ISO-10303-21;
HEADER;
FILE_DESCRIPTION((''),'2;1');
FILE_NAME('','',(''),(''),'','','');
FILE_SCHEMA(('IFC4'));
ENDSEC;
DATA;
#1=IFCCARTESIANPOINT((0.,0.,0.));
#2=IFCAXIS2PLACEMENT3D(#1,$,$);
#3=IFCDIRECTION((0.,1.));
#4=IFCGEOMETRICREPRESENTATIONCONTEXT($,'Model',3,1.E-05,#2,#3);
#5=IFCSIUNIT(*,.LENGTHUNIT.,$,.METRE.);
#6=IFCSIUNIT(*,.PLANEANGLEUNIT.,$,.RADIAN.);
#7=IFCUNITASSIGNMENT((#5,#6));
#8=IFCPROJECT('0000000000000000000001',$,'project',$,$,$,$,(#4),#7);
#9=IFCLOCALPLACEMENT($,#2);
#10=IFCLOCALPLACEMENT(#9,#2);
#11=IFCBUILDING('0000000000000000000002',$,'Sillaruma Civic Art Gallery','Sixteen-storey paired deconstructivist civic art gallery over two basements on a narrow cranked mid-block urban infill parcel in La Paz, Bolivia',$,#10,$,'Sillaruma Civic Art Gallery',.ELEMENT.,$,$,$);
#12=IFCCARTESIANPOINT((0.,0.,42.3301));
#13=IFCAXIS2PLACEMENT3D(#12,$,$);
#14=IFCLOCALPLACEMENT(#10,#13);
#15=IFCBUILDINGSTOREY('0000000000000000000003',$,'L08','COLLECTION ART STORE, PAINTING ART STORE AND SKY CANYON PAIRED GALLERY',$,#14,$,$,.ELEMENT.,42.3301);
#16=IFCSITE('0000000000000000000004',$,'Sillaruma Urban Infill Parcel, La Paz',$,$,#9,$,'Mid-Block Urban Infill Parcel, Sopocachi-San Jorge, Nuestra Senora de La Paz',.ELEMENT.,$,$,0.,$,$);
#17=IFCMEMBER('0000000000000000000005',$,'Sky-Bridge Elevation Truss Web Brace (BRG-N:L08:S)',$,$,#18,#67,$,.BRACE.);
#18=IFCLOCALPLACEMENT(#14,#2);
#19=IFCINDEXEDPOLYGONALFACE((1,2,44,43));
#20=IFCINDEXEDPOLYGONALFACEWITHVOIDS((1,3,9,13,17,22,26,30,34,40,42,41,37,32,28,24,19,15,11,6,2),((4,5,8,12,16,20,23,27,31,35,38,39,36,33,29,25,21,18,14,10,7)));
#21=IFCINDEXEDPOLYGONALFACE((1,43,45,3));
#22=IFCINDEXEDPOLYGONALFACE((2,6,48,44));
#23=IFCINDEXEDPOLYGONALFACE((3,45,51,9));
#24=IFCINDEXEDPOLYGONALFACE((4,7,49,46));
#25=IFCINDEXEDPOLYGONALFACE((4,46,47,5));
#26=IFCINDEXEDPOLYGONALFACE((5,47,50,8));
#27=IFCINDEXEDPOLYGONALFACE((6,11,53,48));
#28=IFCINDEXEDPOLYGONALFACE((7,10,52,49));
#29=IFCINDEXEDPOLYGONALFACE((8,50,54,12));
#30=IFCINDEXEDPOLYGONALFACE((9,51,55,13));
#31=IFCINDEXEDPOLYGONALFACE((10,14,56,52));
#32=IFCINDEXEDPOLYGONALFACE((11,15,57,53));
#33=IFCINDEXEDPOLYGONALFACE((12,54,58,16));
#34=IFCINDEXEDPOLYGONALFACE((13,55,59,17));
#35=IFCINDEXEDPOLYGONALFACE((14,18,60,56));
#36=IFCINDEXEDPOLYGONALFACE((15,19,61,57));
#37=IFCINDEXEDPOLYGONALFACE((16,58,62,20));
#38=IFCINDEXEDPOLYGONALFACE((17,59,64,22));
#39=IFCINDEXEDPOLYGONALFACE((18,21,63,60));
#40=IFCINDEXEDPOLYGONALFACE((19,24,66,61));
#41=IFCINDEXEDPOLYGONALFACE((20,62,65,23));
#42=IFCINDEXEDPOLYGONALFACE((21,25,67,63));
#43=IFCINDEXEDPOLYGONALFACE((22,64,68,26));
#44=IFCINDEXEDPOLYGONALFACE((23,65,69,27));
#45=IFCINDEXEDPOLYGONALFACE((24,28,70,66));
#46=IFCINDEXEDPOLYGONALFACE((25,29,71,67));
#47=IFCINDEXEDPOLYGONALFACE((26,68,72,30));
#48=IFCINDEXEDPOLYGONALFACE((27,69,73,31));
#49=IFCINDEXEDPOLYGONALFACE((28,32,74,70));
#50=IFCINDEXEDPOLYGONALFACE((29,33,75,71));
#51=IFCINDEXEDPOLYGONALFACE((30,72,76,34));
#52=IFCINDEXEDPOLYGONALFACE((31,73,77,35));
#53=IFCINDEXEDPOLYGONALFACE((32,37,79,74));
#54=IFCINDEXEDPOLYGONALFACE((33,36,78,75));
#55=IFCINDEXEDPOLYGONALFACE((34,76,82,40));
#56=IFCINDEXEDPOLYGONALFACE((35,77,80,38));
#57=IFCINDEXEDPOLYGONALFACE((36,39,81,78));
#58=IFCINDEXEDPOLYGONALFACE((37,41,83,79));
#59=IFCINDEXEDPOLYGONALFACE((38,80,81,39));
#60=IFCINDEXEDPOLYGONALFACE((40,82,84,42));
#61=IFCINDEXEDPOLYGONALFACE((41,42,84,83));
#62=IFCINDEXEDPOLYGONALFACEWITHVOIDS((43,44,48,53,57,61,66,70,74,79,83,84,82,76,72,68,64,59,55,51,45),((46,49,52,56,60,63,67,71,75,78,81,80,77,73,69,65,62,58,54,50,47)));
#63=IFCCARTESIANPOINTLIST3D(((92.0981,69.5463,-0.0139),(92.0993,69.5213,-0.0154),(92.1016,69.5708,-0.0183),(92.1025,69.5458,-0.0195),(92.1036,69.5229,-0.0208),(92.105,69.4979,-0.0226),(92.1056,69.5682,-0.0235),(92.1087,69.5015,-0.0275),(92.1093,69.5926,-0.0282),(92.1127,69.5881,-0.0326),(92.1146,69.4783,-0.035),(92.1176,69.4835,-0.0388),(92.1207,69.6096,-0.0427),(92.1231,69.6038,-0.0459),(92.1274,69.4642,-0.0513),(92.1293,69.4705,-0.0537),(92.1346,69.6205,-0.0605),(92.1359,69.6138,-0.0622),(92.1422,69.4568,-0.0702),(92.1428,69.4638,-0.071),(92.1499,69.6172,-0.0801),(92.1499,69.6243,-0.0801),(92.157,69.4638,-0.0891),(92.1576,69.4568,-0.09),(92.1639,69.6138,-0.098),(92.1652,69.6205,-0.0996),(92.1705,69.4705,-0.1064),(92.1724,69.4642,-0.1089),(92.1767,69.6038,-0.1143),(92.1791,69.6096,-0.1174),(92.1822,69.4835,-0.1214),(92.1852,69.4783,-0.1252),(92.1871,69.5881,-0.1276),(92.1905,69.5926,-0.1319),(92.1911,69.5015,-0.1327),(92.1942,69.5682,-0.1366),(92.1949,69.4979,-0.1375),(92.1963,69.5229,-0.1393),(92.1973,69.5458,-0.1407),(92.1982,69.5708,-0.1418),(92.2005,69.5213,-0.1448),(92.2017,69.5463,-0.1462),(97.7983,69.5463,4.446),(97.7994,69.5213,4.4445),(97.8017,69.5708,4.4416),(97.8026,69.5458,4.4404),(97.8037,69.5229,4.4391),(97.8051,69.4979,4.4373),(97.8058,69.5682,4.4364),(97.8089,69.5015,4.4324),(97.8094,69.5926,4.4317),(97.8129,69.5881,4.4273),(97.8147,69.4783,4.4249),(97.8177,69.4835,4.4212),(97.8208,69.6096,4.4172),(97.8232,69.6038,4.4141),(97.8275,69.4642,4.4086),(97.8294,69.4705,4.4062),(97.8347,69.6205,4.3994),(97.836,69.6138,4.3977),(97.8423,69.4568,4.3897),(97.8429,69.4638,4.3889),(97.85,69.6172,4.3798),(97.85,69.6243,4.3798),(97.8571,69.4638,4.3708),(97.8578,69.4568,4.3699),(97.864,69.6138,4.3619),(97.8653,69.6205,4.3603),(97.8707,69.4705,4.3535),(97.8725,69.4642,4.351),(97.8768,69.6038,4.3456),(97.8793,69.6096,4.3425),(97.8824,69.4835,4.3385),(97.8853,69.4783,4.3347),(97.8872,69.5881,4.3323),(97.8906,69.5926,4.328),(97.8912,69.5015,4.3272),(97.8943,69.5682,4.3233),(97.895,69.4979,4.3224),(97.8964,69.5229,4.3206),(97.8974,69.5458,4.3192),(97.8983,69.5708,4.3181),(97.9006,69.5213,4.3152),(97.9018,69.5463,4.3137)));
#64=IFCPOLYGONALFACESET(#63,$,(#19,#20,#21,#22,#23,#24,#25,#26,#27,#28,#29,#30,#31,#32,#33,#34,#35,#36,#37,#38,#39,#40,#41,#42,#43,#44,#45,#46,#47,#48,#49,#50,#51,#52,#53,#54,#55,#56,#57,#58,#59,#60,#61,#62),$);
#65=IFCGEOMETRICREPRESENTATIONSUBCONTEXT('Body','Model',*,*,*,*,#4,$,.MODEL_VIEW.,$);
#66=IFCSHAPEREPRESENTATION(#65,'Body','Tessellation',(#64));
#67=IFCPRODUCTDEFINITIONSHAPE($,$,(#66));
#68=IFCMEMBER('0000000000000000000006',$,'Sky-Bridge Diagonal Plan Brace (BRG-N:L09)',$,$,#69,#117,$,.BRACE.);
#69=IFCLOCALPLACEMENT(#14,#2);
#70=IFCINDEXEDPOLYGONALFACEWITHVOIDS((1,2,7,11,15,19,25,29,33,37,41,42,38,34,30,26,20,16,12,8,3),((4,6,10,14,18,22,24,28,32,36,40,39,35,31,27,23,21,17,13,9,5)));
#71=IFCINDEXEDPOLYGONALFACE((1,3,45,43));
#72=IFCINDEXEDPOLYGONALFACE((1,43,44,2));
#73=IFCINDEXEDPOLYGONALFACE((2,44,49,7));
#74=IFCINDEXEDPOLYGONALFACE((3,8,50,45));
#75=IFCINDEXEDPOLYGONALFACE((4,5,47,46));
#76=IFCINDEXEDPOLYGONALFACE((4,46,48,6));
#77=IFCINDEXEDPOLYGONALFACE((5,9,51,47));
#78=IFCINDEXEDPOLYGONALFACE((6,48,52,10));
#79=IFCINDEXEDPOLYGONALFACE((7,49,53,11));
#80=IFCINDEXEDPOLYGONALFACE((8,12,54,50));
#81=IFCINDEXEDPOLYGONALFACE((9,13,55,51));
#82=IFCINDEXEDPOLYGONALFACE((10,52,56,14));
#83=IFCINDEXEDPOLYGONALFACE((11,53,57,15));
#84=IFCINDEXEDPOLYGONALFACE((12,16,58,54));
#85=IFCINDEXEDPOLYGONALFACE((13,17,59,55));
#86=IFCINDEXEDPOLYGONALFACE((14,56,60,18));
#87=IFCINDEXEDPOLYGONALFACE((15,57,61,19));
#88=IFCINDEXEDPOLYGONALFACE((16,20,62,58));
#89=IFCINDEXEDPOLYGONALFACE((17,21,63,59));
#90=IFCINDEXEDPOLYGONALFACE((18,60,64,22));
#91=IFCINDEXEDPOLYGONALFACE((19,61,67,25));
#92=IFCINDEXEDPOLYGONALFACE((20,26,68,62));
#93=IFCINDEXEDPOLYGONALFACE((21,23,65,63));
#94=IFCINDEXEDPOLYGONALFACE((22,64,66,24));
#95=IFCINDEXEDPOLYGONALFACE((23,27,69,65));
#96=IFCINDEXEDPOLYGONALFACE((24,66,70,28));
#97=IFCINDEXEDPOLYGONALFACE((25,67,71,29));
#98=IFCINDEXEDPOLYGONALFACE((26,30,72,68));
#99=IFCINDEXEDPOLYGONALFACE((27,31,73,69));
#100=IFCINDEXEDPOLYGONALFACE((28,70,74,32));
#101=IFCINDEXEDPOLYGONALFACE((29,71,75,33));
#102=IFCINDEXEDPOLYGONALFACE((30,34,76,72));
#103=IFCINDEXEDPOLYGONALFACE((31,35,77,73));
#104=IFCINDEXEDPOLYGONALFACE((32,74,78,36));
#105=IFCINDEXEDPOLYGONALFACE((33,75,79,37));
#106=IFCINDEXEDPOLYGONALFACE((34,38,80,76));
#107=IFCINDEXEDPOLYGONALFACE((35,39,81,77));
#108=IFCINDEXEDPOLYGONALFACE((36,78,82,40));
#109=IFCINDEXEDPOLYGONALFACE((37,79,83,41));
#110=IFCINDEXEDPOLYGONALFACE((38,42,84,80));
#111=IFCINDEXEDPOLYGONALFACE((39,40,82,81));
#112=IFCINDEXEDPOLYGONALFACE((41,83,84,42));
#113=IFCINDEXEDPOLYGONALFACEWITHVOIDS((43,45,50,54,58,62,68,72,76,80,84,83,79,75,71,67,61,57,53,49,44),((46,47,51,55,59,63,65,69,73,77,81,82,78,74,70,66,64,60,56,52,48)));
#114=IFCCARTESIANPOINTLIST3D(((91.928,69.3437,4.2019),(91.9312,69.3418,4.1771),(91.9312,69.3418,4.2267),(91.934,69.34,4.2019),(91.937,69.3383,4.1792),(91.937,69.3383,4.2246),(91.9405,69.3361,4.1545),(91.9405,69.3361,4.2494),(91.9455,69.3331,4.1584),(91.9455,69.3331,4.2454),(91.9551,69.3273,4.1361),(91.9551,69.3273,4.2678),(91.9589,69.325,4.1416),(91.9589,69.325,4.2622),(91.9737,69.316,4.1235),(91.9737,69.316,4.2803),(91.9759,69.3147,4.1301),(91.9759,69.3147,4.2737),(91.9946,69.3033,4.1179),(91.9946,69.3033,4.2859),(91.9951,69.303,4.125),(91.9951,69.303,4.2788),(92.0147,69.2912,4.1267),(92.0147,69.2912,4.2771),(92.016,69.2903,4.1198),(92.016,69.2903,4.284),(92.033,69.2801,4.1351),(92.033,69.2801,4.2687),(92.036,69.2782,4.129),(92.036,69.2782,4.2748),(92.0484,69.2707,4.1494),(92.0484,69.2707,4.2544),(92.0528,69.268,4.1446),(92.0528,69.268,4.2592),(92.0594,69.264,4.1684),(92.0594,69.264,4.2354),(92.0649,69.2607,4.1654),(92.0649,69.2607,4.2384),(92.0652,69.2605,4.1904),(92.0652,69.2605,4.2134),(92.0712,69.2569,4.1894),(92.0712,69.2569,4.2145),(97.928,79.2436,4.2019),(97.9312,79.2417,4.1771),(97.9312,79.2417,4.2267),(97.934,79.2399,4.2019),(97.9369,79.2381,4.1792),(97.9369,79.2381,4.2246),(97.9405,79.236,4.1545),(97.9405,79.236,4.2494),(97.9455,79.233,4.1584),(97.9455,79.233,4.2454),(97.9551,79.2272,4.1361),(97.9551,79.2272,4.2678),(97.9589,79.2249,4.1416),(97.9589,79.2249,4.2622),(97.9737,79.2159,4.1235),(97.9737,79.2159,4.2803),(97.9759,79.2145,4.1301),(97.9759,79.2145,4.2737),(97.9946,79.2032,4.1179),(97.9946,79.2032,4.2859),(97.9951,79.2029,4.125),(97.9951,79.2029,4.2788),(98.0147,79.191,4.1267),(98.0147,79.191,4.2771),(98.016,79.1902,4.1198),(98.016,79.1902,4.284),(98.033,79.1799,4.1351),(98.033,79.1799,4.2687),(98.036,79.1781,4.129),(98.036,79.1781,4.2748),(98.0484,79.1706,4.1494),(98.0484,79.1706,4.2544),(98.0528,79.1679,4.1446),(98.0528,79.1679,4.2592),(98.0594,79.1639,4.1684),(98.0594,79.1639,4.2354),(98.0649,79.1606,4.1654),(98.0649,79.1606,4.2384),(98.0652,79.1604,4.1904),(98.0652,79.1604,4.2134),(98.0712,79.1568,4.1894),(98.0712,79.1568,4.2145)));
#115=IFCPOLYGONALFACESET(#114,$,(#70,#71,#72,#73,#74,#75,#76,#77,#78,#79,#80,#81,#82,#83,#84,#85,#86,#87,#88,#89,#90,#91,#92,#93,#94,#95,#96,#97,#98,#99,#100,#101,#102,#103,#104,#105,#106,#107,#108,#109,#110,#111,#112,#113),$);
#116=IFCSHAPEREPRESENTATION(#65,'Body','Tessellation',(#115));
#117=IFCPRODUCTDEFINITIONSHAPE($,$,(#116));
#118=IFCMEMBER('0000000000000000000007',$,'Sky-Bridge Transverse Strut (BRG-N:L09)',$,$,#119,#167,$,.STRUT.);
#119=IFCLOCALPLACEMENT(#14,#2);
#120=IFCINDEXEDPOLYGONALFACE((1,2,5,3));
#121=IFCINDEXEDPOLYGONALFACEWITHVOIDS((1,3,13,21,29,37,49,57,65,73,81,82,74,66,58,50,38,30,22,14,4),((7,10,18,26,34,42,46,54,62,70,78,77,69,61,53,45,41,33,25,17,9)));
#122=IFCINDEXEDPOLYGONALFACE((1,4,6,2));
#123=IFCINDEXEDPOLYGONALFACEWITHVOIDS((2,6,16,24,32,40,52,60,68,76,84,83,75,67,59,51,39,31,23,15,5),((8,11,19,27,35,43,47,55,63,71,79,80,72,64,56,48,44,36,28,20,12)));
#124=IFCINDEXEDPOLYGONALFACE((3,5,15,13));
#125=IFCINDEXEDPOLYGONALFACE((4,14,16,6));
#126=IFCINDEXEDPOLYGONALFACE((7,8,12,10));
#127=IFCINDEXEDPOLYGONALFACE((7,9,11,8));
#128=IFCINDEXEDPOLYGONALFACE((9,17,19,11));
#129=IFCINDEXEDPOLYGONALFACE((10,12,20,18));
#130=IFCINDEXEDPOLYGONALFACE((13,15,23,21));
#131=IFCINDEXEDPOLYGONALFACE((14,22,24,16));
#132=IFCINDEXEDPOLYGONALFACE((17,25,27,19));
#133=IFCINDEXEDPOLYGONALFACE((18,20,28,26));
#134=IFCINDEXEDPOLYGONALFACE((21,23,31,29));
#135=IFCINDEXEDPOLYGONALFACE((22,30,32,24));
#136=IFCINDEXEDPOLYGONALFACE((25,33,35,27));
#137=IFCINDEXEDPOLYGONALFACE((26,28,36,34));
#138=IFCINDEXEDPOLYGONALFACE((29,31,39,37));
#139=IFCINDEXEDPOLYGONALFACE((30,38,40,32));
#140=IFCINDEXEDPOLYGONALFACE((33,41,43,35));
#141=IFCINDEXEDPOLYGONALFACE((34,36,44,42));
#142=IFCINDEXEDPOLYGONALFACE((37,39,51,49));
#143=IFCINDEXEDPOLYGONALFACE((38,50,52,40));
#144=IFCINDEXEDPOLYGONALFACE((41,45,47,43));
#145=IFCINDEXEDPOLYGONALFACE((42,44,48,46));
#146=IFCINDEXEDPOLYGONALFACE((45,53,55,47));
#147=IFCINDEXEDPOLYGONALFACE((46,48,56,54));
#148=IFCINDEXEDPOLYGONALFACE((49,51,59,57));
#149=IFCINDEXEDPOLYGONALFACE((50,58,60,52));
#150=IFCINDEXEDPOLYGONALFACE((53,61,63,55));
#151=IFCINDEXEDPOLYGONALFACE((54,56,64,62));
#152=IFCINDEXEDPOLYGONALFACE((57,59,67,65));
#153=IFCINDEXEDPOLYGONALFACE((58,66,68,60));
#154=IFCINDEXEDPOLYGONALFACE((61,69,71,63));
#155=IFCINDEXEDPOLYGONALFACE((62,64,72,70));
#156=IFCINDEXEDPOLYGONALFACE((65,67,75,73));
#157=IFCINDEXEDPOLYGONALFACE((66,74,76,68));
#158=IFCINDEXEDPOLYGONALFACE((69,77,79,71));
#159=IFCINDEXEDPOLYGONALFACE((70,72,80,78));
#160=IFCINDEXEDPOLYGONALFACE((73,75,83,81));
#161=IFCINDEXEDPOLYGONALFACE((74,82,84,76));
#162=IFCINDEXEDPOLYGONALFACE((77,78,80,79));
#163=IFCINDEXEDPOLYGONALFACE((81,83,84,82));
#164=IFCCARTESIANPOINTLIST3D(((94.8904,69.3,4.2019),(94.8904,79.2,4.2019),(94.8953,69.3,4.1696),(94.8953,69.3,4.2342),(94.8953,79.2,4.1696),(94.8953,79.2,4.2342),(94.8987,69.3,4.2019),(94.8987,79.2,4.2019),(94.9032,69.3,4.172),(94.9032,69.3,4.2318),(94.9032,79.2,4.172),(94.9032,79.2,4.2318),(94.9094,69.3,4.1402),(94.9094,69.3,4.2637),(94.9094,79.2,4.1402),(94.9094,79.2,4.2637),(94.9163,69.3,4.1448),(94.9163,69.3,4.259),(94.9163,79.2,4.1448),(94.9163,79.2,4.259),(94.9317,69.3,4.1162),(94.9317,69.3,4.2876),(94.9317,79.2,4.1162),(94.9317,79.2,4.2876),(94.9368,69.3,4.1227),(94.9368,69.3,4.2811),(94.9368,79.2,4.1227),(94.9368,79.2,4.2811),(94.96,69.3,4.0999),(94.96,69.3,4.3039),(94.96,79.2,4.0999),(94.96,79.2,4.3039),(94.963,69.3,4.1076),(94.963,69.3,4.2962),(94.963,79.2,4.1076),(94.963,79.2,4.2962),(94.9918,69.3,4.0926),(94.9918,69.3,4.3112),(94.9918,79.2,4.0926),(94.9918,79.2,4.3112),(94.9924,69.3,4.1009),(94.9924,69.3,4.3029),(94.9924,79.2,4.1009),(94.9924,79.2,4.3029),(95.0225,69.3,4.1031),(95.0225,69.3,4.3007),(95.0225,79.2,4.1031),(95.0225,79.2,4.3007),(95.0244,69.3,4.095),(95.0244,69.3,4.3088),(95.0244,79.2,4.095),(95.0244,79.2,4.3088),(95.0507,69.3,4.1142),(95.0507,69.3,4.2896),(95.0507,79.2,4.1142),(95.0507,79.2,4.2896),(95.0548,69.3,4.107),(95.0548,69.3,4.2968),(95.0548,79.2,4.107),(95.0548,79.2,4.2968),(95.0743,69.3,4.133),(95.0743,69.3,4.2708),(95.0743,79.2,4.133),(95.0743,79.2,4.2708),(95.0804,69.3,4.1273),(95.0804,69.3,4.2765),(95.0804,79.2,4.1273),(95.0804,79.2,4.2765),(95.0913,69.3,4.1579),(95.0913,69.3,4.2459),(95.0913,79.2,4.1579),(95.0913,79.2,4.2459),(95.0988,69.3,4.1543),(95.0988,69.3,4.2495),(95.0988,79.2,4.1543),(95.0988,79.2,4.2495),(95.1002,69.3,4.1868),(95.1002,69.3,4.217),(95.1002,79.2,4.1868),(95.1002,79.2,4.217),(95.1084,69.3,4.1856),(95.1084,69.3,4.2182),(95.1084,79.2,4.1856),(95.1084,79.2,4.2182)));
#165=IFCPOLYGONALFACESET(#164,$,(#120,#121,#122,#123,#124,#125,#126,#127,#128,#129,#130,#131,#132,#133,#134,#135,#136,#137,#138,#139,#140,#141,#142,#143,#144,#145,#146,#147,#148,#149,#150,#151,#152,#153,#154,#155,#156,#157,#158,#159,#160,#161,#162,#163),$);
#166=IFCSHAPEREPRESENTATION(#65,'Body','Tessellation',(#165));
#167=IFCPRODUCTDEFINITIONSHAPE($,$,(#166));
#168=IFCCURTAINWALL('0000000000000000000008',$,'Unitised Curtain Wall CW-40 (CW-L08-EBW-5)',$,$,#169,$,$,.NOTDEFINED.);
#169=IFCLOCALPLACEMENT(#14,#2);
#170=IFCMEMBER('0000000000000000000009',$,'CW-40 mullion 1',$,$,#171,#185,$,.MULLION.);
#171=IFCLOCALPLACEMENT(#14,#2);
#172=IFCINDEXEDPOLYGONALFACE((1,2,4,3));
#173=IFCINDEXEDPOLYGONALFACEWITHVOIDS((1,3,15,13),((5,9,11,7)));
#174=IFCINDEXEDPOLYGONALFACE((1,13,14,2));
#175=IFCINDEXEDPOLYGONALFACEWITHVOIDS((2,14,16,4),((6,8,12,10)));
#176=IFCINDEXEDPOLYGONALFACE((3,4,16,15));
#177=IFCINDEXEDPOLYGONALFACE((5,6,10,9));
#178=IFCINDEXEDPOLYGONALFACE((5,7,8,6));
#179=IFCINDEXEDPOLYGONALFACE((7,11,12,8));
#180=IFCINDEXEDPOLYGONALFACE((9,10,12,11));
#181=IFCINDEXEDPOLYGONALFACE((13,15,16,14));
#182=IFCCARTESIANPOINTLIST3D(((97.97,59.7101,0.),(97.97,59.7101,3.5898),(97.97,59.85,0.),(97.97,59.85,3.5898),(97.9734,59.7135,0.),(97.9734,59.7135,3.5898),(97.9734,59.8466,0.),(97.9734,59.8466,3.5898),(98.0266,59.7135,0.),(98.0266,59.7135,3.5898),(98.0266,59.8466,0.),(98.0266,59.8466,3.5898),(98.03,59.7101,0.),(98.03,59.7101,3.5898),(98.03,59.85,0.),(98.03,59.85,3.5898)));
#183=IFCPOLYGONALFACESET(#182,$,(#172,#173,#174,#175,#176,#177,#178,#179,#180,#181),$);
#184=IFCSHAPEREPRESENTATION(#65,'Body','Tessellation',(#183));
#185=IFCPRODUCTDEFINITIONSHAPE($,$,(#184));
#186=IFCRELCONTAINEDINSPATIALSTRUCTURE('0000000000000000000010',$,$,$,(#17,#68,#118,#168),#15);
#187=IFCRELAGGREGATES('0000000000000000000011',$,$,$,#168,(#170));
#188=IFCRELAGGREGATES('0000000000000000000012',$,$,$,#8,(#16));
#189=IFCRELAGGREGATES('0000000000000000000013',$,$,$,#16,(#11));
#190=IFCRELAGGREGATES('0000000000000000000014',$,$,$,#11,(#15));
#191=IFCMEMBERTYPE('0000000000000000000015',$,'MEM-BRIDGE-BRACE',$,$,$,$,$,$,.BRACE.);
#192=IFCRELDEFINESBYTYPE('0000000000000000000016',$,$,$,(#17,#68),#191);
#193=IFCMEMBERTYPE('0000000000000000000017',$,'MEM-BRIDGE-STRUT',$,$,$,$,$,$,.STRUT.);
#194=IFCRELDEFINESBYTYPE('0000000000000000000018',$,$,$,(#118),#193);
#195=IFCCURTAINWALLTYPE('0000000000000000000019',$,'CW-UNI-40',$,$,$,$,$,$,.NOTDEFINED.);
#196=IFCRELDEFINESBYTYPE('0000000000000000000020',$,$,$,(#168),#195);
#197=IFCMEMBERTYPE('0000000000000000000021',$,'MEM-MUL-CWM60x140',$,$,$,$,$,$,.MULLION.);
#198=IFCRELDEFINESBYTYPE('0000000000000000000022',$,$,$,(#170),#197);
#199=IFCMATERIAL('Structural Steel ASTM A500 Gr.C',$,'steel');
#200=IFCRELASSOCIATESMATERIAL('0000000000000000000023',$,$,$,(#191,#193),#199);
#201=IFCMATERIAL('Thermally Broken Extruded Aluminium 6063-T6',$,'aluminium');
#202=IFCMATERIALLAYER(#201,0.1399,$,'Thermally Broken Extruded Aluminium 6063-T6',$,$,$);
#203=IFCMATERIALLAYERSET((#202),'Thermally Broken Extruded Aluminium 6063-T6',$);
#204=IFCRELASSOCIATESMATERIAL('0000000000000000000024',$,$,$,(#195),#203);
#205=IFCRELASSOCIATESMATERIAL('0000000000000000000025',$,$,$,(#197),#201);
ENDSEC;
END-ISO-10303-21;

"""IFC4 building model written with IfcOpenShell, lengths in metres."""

from ifc_helpers import new_model, si_unit, direction, frame, origin, origin_2d, place, context, subcontext, project, spatial, hollow_rectangle, hollow_circle, extrude, material, layer, layer_set, material_profile, profile_set, type_object, element, aggregate, save


model = new_model("IFC4")

# Units and contexts
model_context = context("Model", 3, precision=1e-05, world=origin(), true_north=direction((0.0, 1.0)))
body_context = subcontext(model_context, "Body", "Model", "MODEL_VIEW")
ifc_project = project(units=[si_unit("LENGTHUNIT", "METRE"), si_unit("PLANEANGLEUNIT", "RADIAN")], contexts=[model_context])

# Site, building, storey
site_placement = place(None, origin())
site = spatial("IfcSite", under=ifc_project, at=site_placement, Name="Sillaruma Urban Infill Parcel, La Paz", LongName="Mid-Block Urban Infill Parcel, Sopocachi-San Jorge, Nuestra Senora de La Paz", CompositionType="ELEMENT", RefElevation=0.0)
building_placement = place(site_placement, origin())
building = spatial("IfcBuilding", under=site, at=building_placement, Name="Sillaruma Civic Art Gallery", Description="Sixteen-storey paired deconstructivist civic art gallery over two basements on a narrow cranked mid-block urban infill parcel in La Paz, Bolivia", LongName="Sillaruma Civic Art Gallery", CompositionType="ELEMENT")
storey_placement = place(building_placement, frame((0.0, 0.0, 42.3301)))
storey = spatial("IfcBuildingStorey", under=building, at=storey_placement, Name="L08", Description="COLLECTION ART STORE, PAINTING ART STORE AND SKY CANYON PAIRED GALLERY", CompositionType="ELEMENT", Elevation=42.3301)

# Members
ifc_material_1 = material(Name="Structural Steel ASTM A500 Gr.C", Category="steel")
ifc_material_profile_1 = material_profile(ifc_material_1, hollow_circle(Radius=0.0842, WallThickness=0.0071, at=origin_2d()), Name="CHS168.3x7.1")
ifc_profile_set_1 = profile_set([ifc_material_profile_1], Name="Structural Steel ASTM A500 Gr.C")
member_type_1 = type_object("IfcMemberType", Name="MEM-BRIDGE-BRACE", PredefinedType="BRACE", material=ifc_profile_set_1)
member_1_placement = place(storey_placement, frame((92.1499, 69.54, -0.0801), z_axis=(0.787576, 0.0, 0.616217), x_axis=(0.0, 1.0, 0.0)))
element("IfcMember", 1, at=member_1_placement, inside=storey, type_object=member_type_1, Name="Sky-Bridge Elevation Truss Web Brace (BRG-N:L08:S)", PredefinedType="BRACE", context=body_context, shape_type="SweptSolid", body=[
    extrude(hollow_circle(Radius=0.0842, WallThickness=0.0071, at=origin_2d()), origin(), (0.0, 0.0, 1.0), 7.2375),
])
member_2_placement = place(storey_placement, frame((92.0, 69.3, 4.2019), z_axis=(0.518305, 0.855196, 0.0), x_axis=(-0.855196, 0.518305, 0.0)))
element("IfcMember", 2, at=member_2_placement, inside=storey, type_object=member_type_1, Name="Sky-Bridge Diagonal Plan Brace (BRG-N:L09)", PredefinedType="BRACE", context=body_context, shape_type="SweptSolid", body=[
    extrude(hollow_circle(Radius=0.0842, WallThickness=0.0071, at=origin_2d()), origin(), (0.0, 0.0, 1.0), 11.5762),
])
ifc_material_profile_2 = material_profile(ifc_material_1, hollow_circle(Radius=0.1096, WallThickness=0.0083, at=origin_2d()), Name="CHS219.1x8.2")
ifc_profile_set_2 = profile_set([ifc_material_profile_2], Name="Structural Steel ASTM A500 Gr.C")
member_type_2 = type_object("IfcMemberType", Name="MEM-BRIDGE-STRUT", PredefinedType="STRUT", material=ifc_profile_set_2)
member_3_placement = place(storey_placement, frame((95.0, 69.3, 4.2019), z_axis=(0.0, 1.0, 0.0), x_axis=(-1.0, 0.0, 0.0)))
element("IfcMember", 3, at=member_3_placement, inside=storey, type_object=member_type_2, Name="Sky-Bridge Transverse Strut (BRG-N:L09)", PredefinedType="STRUT", context=body_context, shape_type="SweptSolid", body=[
    extrude(hollow_circle(Radius=0.1096, WallThickness=0.0083, at=origin_2d()), origin(), (0.0, 0.0, 1.0), 9.8999),
])

# Curtain wall, member
ifc_material_2 = material(Name="Thermally Broken Extruded Aluminium 6063-T6", Category="aluminium")
ifc_layer_1 = layer(ifc_material_2, 0.1399, Name="Thermally Broken Extruded Aluminium 6063-T6")
ifc_layer_set_1 = layer_set([ifc_layer_1], Name="Thermally Broken Extruded Aluminium 6063-T6")
curtain_wall_type_1 = type_object("IfcCurtainWallType", Name="CW-UNI-40", PredefinedType="NOTDEFINED", material=ifc_layer_set_1)
curtain_wall_1_placement = place(storey_placement, origin())
curtain_wall_1 = element("IfcCurtainWall", 4, at=curtain_wall_1_placement, inside=storey, type_object=curtain_wall_type_1, Name="Unitised Curtain Wall CW-40 (CW-L08-EBW-5)", PredefinedType="NOTDEFINED")
ifc_material_profile_3 = material_profile(ifc_material_2, hollow_rectangle(XDim=0.0601, YDim=0.1399, WallThickness=0.0034, at=origin_2d()), Name="CWM60x140")
ifc_profile_set_3 = profile_set([ifc_material_profile_3], Name="Thermally Broken Extruded Aluminium 6063-T6")
member_type_3 = type_object("IfcMemberType", Name="MEM-MUL-CWM60x140", PredefinedType="MULLION", material=ifc_profile_set_3)
member_4_placement = place(storey_placement, frame((98.0, 59.78, 0.0), z_axis=(0.0, 0.0, 1.0), x_axis=(-1.0, 0.0, 0.0)))
member_4 = element("IfcMember", 5, at=member_4_placement, type_object=member_type_3, Name="CW-40 mullion 1", PredefinedType="MULLION", context=body_context, shape_type="SweptSolid", body=[
    extrude(hollow_rectangle(XDim=0.0601, YDim=0.1399, WallThickness=0.0034, at=origin_2d()), origin(), (0.0, 0.0, 1.0), 3.5898),
])

aggregate(curtain_wall_1, [member_4])

save(model, "model.ifc")
